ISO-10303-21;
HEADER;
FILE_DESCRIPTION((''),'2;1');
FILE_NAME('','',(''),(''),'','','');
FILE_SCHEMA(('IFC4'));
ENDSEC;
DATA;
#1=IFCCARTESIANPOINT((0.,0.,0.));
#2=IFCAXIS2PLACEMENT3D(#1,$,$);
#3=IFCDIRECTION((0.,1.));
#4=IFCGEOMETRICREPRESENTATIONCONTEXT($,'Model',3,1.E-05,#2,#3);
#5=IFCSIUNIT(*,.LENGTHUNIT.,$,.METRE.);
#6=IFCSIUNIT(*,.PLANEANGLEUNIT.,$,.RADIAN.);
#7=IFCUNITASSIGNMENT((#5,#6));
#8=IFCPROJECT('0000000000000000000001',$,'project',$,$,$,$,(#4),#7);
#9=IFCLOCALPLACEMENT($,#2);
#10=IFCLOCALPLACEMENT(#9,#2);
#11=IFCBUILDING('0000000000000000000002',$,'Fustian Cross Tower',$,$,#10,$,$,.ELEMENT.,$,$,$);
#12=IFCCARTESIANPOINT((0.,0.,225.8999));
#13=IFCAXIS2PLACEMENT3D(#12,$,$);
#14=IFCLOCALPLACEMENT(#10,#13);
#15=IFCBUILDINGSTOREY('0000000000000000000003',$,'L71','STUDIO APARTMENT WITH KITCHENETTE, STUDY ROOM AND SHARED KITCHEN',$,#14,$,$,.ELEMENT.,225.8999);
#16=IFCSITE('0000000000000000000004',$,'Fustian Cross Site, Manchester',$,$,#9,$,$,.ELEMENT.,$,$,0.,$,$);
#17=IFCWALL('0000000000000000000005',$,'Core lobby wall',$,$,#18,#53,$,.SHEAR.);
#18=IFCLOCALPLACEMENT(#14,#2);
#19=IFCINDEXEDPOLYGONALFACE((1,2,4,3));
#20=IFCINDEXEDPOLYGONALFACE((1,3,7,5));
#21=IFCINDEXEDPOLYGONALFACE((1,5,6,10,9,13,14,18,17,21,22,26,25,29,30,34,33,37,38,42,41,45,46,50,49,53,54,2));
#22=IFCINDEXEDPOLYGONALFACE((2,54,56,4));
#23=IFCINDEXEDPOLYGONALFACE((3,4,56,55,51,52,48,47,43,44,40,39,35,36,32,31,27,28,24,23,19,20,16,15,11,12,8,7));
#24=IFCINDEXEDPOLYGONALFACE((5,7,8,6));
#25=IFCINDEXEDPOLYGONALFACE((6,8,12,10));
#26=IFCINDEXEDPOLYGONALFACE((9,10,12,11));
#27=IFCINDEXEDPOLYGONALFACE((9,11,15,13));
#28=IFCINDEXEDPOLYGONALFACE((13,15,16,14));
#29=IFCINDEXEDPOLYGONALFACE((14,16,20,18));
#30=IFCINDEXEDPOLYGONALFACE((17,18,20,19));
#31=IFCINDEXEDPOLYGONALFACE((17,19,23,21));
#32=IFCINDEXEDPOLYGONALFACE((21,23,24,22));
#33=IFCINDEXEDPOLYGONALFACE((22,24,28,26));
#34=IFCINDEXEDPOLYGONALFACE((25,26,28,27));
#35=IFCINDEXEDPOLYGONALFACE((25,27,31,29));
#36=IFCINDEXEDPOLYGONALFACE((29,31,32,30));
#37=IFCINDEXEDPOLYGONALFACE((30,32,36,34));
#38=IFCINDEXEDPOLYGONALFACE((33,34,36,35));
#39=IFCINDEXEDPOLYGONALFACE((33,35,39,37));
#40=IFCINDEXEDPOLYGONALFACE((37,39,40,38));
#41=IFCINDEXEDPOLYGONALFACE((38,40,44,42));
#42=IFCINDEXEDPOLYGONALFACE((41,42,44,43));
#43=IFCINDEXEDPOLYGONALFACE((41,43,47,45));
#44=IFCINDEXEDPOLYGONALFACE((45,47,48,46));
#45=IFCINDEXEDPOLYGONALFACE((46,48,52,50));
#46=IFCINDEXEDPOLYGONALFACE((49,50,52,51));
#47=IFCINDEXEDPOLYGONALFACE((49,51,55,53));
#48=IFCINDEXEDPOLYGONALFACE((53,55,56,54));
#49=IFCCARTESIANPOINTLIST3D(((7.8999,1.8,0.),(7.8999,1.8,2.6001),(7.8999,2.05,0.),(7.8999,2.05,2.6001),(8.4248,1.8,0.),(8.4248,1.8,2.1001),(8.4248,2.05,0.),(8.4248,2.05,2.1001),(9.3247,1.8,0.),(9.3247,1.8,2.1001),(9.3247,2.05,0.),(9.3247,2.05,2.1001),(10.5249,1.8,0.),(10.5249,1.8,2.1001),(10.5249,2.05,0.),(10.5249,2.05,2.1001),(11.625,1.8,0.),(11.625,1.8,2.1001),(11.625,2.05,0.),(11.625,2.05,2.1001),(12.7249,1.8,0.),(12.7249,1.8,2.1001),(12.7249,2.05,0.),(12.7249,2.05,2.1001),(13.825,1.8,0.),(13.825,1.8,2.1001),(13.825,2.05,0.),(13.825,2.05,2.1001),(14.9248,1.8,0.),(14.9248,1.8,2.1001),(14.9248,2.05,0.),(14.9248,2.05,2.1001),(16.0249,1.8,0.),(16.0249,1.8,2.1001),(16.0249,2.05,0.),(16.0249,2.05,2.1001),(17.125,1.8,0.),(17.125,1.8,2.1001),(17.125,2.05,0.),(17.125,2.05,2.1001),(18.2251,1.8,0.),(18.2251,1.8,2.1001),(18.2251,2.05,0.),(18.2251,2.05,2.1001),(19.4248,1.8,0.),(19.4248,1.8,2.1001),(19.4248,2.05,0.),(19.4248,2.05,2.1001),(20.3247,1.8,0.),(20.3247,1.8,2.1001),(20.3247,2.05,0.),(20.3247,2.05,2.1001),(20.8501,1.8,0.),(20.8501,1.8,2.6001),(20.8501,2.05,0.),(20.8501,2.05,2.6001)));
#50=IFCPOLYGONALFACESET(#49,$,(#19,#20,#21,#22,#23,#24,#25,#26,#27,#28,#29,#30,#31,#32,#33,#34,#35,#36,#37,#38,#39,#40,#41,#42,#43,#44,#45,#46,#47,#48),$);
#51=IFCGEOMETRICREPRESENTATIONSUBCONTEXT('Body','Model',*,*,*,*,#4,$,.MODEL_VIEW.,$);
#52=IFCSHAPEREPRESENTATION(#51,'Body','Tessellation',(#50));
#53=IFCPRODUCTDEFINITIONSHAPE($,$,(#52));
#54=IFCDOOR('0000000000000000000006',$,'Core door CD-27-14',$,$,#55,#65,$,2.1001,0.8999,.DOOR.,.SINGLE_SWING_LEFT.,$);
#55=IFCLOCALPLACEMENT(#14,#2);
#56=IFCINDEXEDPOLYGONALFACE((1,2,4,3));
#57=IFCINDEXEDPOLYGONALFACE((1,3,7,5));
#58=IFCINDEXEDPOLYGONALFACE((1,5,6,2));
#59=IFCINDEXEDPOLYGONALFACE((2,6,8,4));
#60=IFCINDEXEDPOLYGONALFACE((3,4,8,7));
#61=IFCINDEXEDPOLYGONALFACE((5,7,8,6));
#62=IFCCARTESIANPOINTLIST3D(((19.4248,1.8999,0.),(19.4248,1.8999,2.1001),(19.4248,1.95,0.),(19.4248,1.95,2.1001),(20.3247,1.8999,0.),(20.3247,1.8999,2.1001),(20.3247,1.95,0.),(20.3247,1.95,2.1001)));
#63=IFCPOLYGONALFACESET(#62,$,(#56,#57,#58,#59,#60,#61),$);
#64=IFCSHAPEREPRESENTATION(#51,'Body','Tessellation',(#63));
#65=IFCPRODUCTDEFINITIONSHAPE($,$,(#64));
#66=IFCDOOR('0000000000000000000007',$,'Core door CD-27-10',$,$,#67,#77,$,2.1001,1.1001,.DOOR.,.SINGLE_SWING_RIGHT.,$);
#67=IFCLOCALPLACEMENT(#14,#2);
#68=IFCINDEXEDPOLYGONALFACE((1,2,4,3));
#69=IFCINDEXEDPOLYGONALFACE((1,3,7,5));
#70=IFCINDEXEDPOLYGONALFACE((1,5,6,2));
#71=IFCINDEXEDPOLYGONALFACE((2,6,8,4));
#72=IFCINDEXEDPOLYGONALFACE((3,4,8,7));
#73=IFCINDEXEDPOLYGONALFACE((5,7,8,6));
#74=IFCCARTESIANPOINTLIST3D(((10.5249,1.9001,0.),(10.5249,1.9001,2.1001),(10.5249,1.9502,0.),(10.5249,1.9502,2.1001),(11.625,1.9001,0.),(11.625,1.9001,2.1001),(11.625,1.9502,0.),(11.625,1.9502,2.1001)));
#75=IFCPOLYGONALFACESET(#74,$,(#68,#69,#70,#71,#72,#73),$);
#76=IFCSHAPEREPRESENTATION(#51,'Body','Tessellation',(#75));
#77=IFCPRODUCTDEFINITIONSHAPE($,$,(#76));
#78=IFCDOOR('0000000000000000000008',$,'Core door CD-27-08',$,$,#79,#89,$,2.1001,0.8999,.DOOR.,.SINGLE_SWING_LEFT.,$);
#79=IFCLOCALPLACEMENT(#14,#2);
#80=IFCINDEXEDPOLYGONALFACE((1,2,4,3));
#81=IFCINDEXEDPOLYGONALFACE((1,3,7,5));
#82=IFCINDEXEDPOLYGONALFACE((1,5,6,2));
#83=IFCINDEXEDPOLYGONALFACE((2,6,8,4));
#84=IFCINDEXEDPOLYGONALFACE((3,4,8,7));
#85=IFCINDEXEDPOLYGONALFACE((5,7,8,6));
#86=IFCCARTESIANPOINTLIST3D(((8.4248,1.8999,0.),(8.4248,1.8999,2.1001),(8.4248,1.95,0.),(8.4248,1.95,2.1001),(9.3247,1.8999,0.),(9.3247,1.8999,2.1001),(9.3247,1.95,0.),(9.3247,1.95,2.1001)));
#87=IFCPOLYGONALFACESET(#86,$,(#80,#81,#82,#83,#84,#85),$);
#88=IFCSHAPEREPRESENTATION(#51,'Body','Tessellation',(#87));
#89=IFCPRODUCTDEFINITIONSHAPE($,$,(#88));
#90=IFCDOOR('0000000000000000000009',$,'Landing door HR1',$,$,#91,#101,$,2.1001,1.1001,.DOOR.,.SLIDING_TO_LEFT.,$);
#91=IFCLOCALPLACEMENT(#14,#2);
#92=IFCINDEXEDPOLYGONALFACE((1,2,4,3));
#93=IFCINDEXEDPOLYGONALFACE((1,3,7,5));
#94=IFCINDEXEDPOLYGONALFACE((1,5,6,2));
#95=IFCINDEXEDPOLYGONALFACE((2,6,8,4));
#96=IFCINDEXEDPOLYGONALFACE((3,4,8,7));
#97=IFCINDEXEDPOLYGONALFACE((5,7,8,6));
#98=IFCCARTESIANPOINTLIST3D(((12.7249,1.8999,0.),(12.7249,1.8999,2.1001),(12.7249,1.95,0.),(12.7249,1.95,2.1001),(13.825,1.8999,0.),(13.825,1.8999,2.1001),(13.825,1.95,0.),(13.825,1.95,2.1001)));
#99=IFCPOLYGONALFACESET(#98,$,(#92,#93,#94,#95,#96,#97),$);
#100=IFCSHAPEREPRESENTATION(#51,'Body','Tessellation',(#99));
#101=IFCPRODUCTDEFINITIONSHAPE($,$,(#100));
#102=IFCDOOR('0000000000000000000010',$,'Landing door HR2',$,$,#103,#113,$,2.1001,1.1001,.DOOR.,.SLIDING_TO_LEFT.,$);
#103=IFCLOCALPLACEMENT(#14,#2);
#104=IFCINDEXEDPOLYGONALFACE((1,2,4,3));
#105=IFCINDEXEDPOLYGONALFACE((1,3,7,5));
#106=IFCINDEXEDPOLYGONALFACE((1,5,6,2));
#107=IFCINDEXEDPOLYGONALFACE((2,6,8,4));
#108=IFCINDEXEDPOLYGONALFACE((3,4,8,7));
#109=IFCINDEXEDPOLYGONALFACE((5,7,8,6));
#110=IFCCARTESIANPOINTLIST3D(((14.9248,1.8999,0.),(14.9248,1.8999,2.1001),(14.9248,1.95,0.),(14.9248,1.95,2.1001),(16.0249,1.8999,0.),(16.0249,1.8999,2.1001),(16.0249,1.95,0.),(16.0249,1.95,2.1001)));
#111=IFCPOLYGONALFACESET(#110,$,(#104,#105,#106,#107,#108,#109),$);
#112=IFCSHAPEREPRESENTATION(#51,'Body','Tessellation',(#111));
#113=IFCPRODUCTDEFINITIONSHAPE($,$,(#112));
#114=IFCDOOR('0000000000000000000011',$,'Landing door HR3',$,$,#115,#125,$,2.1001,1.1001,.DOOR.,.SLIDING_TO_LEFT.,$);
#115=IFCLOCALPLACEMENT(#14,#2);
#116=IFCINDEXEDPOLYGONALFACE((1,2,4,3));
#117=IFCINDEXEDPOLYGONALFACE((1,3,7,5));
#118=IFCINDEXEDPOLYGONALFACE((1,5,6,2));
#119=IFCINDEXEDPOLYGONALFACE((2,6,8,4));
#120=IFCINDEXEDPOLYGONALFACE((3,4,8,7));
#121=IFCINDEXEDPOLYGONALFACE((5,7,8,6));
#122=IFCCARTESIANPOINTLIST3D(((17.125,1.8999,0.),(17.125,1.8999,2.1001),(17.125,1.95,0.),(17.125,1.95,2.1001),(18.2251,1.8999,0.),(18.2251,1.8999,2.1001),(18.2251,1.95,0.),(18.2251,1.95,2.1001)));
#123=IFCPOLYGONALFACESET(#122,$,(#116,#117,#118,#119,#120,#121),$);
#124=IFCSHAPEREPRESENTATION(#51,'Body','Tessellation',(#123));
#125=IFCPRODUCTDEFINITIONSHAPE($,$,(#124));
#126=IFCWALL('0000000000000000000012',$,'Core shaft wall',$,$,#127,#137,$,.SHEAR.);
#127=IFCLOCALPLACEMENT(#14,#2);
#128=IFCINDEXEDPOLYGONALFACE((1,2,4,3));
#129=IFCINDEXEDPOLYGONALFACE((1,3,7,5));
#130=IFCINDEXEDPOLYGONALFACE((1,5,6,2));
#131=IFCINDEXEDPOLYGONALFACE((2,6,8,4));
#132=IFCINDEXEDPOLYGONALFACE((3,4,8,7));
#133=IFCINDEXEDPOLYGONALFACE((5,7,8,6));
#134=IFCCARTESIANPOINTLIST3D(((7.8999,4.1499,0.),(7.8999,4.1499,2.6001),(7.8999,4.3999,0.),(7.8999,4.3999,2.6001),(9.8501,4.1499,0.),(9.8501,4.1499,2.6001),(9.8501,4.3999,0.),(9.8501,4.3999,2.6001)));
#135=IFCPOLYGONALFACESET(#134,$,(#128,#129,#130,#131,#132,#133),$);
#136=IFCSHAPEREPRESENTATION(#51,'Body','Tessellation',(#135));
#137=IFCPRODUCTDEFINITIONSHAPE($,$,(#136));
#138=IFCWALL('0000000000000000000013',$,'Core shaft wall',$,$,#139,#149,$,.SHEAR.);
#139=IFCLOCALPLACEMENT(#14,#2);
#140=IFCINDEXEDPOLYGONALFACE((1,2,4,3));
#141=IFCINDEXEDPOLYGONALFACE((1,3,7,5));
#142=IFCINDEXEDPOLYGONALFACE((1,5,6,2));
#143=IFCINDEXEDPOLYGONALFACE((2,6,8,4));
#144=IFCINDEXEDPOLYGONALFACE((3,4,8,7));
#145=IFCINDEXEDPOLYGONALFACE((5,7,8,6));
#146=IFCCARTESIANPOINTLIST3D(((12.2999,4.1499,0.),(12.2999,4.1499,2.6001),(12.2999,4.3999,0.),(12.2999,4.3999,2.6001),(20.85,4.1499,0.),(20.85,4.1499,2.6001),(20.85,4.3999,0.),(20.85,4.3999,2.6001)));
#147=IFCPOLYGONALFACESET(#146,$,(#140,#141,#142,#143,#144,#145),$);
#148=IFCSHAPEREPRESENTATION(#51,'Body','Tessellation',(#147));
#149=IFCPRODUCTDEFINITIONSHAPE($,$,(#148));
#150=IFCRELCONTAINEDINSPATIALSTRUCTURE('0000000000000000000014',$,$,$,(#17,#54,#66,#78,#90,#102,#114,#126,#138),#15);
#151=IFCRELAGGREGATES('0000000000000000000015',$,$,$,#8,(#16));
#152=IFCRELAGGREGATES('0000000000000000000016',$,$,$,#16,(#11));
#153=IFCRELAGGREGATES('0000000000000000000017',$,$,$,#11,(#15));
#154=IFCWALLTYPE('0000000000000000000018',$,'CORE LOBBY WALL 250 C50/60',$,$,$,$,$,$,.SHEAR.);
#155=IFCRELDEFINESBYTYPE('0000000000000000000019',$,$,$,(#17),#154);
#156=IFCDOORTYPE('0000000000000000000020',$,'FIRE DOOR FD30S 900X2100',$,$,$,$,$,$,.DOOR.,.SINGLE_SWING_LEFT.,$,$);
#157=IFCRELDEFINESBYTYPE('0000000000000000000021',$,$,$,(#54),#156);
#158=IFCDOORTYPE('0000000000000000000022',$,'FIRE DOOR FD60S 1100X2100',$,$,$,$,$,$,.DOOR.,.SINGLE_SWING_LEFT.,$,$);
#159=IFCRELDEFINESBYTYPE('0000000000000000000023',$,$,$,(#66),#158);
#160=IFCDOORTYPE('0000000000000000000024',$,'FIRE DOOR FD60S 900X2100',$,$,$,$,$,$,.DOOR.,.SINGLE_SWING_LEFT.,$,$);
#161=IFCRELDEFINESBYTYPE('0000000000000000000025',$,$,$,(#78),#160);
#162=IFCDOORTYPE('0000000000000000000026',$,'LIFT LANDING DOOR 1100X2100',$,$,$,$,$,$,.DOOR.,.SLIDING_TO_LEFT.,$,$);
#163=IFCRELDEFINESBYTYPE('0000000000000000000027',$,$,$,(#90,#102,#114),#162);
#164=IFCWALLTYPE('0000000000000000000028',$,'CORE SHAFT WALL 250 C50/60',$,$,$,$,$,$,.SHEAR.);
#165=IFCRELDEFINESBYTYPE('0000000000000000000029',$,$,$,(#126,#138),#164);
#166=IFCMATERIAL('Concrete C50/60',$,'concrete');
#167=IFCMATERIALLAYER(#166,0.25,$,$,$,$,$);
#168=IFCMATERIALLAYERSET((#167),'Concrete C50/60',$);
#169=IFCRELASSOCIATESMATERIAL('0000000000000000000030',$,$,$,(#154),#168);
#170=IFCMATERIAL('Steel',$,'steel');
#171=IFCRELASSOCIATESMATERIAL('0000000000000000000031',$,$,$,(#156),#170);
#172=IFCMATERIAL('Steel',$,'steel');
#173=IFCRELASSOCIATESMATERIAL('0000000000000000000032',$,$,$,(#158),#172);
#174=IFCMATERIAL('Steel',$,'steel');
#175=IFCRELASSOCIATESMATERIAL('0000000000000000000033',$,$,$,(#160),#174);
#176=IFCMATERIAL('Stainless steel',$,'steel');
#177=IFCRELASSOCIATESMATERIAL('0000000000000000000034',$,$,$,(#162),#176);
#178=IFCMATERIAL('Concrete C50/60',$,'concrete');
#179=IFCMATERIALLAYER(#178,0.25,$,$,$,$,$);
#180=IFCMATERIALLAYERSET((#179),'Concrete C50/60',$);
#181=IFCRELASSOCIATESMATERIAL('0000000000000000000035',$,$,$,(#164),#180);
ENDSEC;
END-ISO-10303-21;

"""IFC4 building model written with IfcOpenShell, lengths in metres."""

from ifc_helpers import new_model, si_unit, direction, frame, frame_2d, origin, place, context, subcontext, project, spatial, rectangle, extrude, material, layer, layer_set, type_object, element, fill, save


model = new_model("IFC4")

# Units and contexts
model_context = context("Model", 3, precision=1e-05, world=origin(), true_north=direction((0.0, 1.0)))
body_context = subcontext(model_context, "Body", "Model", "MODEL_VIEW")
ifc_project = project(units=[si_unit("LENGTHUNIT", "METRE"), si_unit("PLANEANGLEUNIT", "RADIAN")], contexts=[model_context])

# Site, building, storey
site_placement = place(None, origin())
site = spatial("IfcSite", under=ifc_project, at=site_placement, Name="Fustian Cross Site, Manchester", CompositionType="ELEMENT", RefElevation=0.0)
building_placement = place(site_placement, origin())
building = spatial("IfcBuilding", under=site, at=building_placement, Name="Fustian Cross Tower", CompositionType="ELEMENT")
storey_placement = place(building_placement, frame((0.0, 0.0, 225.8999)))
storey = spatial("IfcBuildingStorey", under=building, at=storey_placement, Name="L71", Description="STUDIO APARTMENT WITH KITCHENETTE, STUDY ROOM AND SHARED KITCHEN", CompositionType="ELEMENT", Elevation=225.8999)

# Wall, openings, doors
ifc_material_1 = material(Name="Concrete C50/60", Category="concrete")
ifc_layer_1 = layer(ifc_material_1, 0.25)
ifc_layer_set_1 = layer_set([ifc_layer_1], Name="Concrete C50/60")
wall_type_1 = type_object("IfcWallType", Name="CORE LOBBY WALL 250 C50/60", PredefinedType="SHEAR", material=ifc_layer_set_1)
wall_1_placement = place(storey_placement, frame((7.8999, 1.925, 0.0), z_axis=(0.0, 0.0, 1.0), x_axis=(1.0, 0.0, 0.0)))
wall_1 = element("IfcWall", 1, at=wall_1_placement, inside=storey, type_object=wall_type_1, Name="Core lobby wall", PredefinedType="SHEAR", context=body_context, shape_type="SweptSolid", body=[
    extrude(rectangle(XDim=12.9502, YDim=0.25, at=frame_2d((6.4751, 0.0))), origin(), (0.0, 0.0, 1.0), 2.6001),
])
opening_1_placement = place(wall_1_placement, frame((4.825, 0.0, 0.0)))
opening_1 = element("IfcOpeningElement", 2, at=opening_1_placement, cuts=wall_1, PredefinedType="OPENING", context=body_context, shape_type="SweptSolid", body=[
    extrude(rectangle(XDim=1.1001, YDim=2.1001, at=frame_2d((0.55, 1.05))), frame((0.0, 0.135, 0.0), z_axis=(0.0, -1.0, 0.0), x_axis=(1.0, 0.0, 0.0)), (0.0, 0.0, 1.0), 0.27),
])
opening_2_placement = place(wall_1_placement, frame((7.0249, 0.0, 0.0)))
opening_2 = element("IfcOpeningElement", 3, at=opening_2_placement, cuts=wall_1, PredefinedType="OPENING", context=body_context, shape_type="SweptSolid", body=[
    extrude(rectangle(XDim=1.1001, YDim=2.1001, at=frame_2d((0.55, 1.05))), frame((0.0, 0.135, 0.0), z_axis=(0.0, -1.0, 0.0), x_axis=(1.0, 0.0, 0.0)), (0.0, 0.0, 1.0), 0.27),
])
opening_3_placement = place(wall_1_placement, frame((9.2251, 0.0, 0.0)))
opening_3 = element("IfcOpeningElement", 4, at=opening_3_placement, cuts=wall_1, PredefinedType="OPENING", context=body_context, shape_type="SweptSolid", body=[
    extrude(rectangle(XDim=1.1001, YDim=2.1001, at=frame_2d((0.55, 1.05))), frame((0.0, 0.135, 0.0), z_axis=(0.0, -1.0, 0.0), x_axis=(1.0, 0.0, 0.0)), (0.0, 0.0, 1.0), 0.27),
])
opening_4_placement = place(wall_1_placement, frame((0.5249, 0.0, 0.0)))
opening_4 = element("IfcOpeningElement", 5, at=opening_4_placement, cuts=wall_1, PredefinedType="OPENING", context=body_context, shape_type="SweptSolid", body=[
    extrude(rectangle(XDim=0.8999, YDim=2.1001, at=frame_2d((0.45, 1.05))), frame((0.0, 0.135, 0.0), z_axis=(0.0, -1.0, 0.0), x_axis=(1.0, 0.0, 0.0)), (0.0, 0.0, 1.0), 0.27),
])
opening_5_placement = place(wall_1_placement, frame((2.625, 0.0, 0.0)))
opening_5 = element("IfcOpeningElement", 6, at=opening_5_placement, cuts=wall_1, PredefinedType="OPENING", context=body_context, shape_type="SweptSolid", body=[
    extrude(rectangle(XDim=1.1001, YDim=2.1001, at=frame_2d((0.55, 1.05))), frame((0.0, 0.135, 0.0), z_axis=(0.0, -1.0, 0.0), x_axis=(1.0, 0.0, 0.0)), (0.0, 0.0, 1.0), 0.27),
])
opening_6_placement = place(wall_1_placement, frame((11.5249, 0.0, 0.0)))
opening_6 = element("IfcOpeningElement", 7, at=opening_6_placement, cuts=wall_1, PredefinedType="OPENING", context=body_context, shape_type="SweptSolid", body=[
    extrude(rectangle(XDim=0.8999, YDim=2.1001, at=frame_2d((0.45, 1.05))), frame((0.0, 0.135, 0.0), z_axis=(0.0, -1.0, 0.0), x_axis=(1.0, 0.0, 0.0)), (0.0, 0.0, 1.0), 0.27),
])
ifc_material_2 = material(Name="Steel", Category="steel")
door_type_1 = type_object("IfcDoorType", Name="FIRE DOOR FD30S 900X2100", OperationType="SINGLE_SWING_LEFT", PredefinedType="DOOR", material=ifc_material_2)
door_1_placement = place(opening_6_placement, origin())
door_1 = element("IfcDoor", 8, at=door_1_placement, inside=storey, type_object=door_type_1, Name="Core door CD-27-14", OperationType="SINGLE_SWING_LEFT", OverallHeight=2.1001, OverallWidth=0.8999, PredefinedType="DOOR", context=body_context, shape_type="SweptSolid", body=[
    extrude(rectangle(XDim=0.8999, YDim=2.1001, at=frame_2d((0.45, 1.05))), frame((0.0, 0.0249, 0.0), z_axis=(0.0, -1.0, 0.0), x_axis=(1.0, 0.0, 0.0)), (0.0, 0.0, 1.0), 0.05),
])
fill(opening_6, door_1)
ifc_material_3 = material(Name="Steel", Category="steel")
door_type_2 = type_object("IfcDoorType", Name="FIRE DOOR FD60S 1100X2100", OperationType="SINGLE_SWING_LEFT", PredefinedType="DOOR", material=ifc_material_3)
door_2_placement = place(opening_5_placement, frame((1.1001, 0.0, 0.0), z_axis=(0.0, 0.0, 1.0), x_axis=(-1.0, 0.0, 0.0)))
door_2 = element("IfcDoor", 9, at=door_2_placement, inside=storey, type_object=door_type_2, Name="Core door CD-27-10", OperationType="SINGLE_SWING_RIGHT", OverallHeight=2.1001, OverallWidth=1.1001, PredefinedType="DOOR", context=body_context, shape_type="SweptSolid", body=[
    extrude(rectangle(XDim=1.1001, YDim=2.1001, at=frame_2d((0.55, 1.05))), frame((0.0, 0.0249, 0.0), z_axis=(0.0, -1.0, 0.0), x_axis=(1.0, 0.0, 0.0)), (0.0, 0.0, 1.0), 0.05),
])
fill(opening_5, door_2)
ifc_material_4 = material(Name="Steel", Category="steel")
door_type_3 = type_object("IfcDoorType", Name="FIRE DOOR FD60S 900X2100", OperationType="SINGLE_SWING_LEFT", PredefinedType="DOOR", material=ifc_material_4)
door_3_placement = place(opening_4_placement, origin())
door_3 = element("IfcDoor", 10, at=door_3_placement, inside=storey, type_object=door_type_3, Name="Core door CD-27-08", OperationType="SINGLE_SWING_LEFT", OverallHeight=2.1001, OverallWidth=0.8999, PredefinedType="DOOR", context=body_context, shape_type="SweptSolid", body=[
    extrude(rectangle(XDim=0.8999, YDim=2.1001, at=frame_2d((0.45, 1.05))), frame((0.0, 0.0249, 0.0), z_axis=(0.0, -1.0, 0.0), x_axis=(1.0, 0.0, 0.0)), (0.0, 0.0, 1.0), 0.05),
])
fill(opening_4, door_3)
ifc_material_5 = material(Name="Stainless steel", Category="steel")
door_type_4 = type_object("IfcDoorType", Name="LIFT LANDING DOOR 1100X2100", OperationType="SLIDING_TO_LEFT", PredefinedType="DOOR", material=ifc_material_5)
door_4_placement = place(opening_1_placement, origin())
door_4 = element("IfcDoor", 11, at=door_4_placement, inside=storey, type_object=door_type_4, Name="Landing door HR1", OperationType="SLIDING_TO_LEFT", OverallHeight=2.1001, OverallWidth=1.1001, PredefinedType="DOOR", context=body_context, shape_type="SweptSolid", body=[
    extrude(rectangle(XDim=1.1001, YDim=2.1001, at=frame_2d((0.55, 1.05))), frame((0.0, 0.0249, 0.0), z_axis=(0.0, -1.0, 0.0), x_axis=(1.0, 0.0, 0.0)), (0.0, 0.0, 1.0), 0.05),
])
fill(opening_1, door_4)
door_5_placement = place(opening_2_placement, origin())
door_5 = element("IfcDoor", 12, at=door_5_placement, inside=storey, type_object=door_type_4, Name="Landing door HR2", OperationType="SLIDING_TO_LEFT", OverallHeight=2.1001, OverallWidth=1.1001, PredefinedType="DOOR", context=body_context, shape_type="SweptSolid", body=[
    extrude(rectangle(XDim=1.1001, YDim=2.1001, at=frame_2d((0.55, 1.05))), frame((0.0, 0.0249, 0.0), z_axis=(0.0, -1.0, 0.0), x_axis=(1.0, 0.0, 0.0)), (0.0, 0.0, 1.0), 0.05),
])
fill(opening_2, door_5)
door_6_placement = place(opening_3_placement, origin())
door_6 = element("IfcDoor", 13, at=door_6_placement, inside=storey, type_object=door_type_4, Name="Landing door HR3", OperationType="SLIDING_TO_LEFT", OverallHeight=2.1001, OverallWidth=1.1001, PredefinedType="DOOR", context=body_context, shape_type="SweptSolid", body=[
    extrude(rectangle(XDim=1.1001, YDim=2.1001, at=frame_2d((0.55, 1.05))), frame((0.0, 0.0249, 0.0), z_axis=(0.0, -1.0, 0.0), x_axis=(1.0, 0.0, 0.0)), (0.0, 0.0, 1.0), 0.05),
])
fill(opening_3, door_6)

# Walls
ifc_material_6 = material(Name="Concrete C50/60", Category="concrete")
ifc_layer_2 = layer(ifc_material_6, 0.25)
ifc_layer_set_2 = layer_set([ifc_layer_2], Name="Concrete C50/60")
wall_type_2 = type_object("IfcWallType", Name="CORE SHAFT WALL 250 C50/60", PredefinedType="SHEAR", material=ifc_layer_set_2)
wall_2_placement = place(storey_placement, frame((7.8999, 4.2749, 0.0), z_axis=(0.0, 0.0, 1.0), x_axis=(1.0, 0.0, 0.0)))
element("IfcWall", 14, at=wall_2_placement, inside=storey, type_object=wall_type_2, Name="Core shaft wall", PredefinedType="SHEAR", context=body_context, shape_type="SweptSolid", body=[
    extrude(rectangle(XDim=1.9502, YDim=0.25, at=frame_2d((0.9751, 0.0))), origin(), (0.0, 0.0, 1.0), 2.6001),
])
wall_3_placement = place(storey_placement, frame((12.3, 4.2749, 0.0), z_axis=(0.0, 0.0, 1.0), x_axis=(1.0, 0.0, 0.0)))
element("IfcWall", 15, at=wall_3_placement, inside=storey, type_object=wall_type_2, Name="Core shaft wall", PredefinedType="SHEAR", context=body_context, shape_type="SweptSolid", body=[
    extrude(rectangle(XDim=8.55, YDim=0.25, at=frame_2d((4.2749, 0.0))), origin(), (0.0, 0.0, 1.0), 2.6001),
])

save(model, "model.ifc")
